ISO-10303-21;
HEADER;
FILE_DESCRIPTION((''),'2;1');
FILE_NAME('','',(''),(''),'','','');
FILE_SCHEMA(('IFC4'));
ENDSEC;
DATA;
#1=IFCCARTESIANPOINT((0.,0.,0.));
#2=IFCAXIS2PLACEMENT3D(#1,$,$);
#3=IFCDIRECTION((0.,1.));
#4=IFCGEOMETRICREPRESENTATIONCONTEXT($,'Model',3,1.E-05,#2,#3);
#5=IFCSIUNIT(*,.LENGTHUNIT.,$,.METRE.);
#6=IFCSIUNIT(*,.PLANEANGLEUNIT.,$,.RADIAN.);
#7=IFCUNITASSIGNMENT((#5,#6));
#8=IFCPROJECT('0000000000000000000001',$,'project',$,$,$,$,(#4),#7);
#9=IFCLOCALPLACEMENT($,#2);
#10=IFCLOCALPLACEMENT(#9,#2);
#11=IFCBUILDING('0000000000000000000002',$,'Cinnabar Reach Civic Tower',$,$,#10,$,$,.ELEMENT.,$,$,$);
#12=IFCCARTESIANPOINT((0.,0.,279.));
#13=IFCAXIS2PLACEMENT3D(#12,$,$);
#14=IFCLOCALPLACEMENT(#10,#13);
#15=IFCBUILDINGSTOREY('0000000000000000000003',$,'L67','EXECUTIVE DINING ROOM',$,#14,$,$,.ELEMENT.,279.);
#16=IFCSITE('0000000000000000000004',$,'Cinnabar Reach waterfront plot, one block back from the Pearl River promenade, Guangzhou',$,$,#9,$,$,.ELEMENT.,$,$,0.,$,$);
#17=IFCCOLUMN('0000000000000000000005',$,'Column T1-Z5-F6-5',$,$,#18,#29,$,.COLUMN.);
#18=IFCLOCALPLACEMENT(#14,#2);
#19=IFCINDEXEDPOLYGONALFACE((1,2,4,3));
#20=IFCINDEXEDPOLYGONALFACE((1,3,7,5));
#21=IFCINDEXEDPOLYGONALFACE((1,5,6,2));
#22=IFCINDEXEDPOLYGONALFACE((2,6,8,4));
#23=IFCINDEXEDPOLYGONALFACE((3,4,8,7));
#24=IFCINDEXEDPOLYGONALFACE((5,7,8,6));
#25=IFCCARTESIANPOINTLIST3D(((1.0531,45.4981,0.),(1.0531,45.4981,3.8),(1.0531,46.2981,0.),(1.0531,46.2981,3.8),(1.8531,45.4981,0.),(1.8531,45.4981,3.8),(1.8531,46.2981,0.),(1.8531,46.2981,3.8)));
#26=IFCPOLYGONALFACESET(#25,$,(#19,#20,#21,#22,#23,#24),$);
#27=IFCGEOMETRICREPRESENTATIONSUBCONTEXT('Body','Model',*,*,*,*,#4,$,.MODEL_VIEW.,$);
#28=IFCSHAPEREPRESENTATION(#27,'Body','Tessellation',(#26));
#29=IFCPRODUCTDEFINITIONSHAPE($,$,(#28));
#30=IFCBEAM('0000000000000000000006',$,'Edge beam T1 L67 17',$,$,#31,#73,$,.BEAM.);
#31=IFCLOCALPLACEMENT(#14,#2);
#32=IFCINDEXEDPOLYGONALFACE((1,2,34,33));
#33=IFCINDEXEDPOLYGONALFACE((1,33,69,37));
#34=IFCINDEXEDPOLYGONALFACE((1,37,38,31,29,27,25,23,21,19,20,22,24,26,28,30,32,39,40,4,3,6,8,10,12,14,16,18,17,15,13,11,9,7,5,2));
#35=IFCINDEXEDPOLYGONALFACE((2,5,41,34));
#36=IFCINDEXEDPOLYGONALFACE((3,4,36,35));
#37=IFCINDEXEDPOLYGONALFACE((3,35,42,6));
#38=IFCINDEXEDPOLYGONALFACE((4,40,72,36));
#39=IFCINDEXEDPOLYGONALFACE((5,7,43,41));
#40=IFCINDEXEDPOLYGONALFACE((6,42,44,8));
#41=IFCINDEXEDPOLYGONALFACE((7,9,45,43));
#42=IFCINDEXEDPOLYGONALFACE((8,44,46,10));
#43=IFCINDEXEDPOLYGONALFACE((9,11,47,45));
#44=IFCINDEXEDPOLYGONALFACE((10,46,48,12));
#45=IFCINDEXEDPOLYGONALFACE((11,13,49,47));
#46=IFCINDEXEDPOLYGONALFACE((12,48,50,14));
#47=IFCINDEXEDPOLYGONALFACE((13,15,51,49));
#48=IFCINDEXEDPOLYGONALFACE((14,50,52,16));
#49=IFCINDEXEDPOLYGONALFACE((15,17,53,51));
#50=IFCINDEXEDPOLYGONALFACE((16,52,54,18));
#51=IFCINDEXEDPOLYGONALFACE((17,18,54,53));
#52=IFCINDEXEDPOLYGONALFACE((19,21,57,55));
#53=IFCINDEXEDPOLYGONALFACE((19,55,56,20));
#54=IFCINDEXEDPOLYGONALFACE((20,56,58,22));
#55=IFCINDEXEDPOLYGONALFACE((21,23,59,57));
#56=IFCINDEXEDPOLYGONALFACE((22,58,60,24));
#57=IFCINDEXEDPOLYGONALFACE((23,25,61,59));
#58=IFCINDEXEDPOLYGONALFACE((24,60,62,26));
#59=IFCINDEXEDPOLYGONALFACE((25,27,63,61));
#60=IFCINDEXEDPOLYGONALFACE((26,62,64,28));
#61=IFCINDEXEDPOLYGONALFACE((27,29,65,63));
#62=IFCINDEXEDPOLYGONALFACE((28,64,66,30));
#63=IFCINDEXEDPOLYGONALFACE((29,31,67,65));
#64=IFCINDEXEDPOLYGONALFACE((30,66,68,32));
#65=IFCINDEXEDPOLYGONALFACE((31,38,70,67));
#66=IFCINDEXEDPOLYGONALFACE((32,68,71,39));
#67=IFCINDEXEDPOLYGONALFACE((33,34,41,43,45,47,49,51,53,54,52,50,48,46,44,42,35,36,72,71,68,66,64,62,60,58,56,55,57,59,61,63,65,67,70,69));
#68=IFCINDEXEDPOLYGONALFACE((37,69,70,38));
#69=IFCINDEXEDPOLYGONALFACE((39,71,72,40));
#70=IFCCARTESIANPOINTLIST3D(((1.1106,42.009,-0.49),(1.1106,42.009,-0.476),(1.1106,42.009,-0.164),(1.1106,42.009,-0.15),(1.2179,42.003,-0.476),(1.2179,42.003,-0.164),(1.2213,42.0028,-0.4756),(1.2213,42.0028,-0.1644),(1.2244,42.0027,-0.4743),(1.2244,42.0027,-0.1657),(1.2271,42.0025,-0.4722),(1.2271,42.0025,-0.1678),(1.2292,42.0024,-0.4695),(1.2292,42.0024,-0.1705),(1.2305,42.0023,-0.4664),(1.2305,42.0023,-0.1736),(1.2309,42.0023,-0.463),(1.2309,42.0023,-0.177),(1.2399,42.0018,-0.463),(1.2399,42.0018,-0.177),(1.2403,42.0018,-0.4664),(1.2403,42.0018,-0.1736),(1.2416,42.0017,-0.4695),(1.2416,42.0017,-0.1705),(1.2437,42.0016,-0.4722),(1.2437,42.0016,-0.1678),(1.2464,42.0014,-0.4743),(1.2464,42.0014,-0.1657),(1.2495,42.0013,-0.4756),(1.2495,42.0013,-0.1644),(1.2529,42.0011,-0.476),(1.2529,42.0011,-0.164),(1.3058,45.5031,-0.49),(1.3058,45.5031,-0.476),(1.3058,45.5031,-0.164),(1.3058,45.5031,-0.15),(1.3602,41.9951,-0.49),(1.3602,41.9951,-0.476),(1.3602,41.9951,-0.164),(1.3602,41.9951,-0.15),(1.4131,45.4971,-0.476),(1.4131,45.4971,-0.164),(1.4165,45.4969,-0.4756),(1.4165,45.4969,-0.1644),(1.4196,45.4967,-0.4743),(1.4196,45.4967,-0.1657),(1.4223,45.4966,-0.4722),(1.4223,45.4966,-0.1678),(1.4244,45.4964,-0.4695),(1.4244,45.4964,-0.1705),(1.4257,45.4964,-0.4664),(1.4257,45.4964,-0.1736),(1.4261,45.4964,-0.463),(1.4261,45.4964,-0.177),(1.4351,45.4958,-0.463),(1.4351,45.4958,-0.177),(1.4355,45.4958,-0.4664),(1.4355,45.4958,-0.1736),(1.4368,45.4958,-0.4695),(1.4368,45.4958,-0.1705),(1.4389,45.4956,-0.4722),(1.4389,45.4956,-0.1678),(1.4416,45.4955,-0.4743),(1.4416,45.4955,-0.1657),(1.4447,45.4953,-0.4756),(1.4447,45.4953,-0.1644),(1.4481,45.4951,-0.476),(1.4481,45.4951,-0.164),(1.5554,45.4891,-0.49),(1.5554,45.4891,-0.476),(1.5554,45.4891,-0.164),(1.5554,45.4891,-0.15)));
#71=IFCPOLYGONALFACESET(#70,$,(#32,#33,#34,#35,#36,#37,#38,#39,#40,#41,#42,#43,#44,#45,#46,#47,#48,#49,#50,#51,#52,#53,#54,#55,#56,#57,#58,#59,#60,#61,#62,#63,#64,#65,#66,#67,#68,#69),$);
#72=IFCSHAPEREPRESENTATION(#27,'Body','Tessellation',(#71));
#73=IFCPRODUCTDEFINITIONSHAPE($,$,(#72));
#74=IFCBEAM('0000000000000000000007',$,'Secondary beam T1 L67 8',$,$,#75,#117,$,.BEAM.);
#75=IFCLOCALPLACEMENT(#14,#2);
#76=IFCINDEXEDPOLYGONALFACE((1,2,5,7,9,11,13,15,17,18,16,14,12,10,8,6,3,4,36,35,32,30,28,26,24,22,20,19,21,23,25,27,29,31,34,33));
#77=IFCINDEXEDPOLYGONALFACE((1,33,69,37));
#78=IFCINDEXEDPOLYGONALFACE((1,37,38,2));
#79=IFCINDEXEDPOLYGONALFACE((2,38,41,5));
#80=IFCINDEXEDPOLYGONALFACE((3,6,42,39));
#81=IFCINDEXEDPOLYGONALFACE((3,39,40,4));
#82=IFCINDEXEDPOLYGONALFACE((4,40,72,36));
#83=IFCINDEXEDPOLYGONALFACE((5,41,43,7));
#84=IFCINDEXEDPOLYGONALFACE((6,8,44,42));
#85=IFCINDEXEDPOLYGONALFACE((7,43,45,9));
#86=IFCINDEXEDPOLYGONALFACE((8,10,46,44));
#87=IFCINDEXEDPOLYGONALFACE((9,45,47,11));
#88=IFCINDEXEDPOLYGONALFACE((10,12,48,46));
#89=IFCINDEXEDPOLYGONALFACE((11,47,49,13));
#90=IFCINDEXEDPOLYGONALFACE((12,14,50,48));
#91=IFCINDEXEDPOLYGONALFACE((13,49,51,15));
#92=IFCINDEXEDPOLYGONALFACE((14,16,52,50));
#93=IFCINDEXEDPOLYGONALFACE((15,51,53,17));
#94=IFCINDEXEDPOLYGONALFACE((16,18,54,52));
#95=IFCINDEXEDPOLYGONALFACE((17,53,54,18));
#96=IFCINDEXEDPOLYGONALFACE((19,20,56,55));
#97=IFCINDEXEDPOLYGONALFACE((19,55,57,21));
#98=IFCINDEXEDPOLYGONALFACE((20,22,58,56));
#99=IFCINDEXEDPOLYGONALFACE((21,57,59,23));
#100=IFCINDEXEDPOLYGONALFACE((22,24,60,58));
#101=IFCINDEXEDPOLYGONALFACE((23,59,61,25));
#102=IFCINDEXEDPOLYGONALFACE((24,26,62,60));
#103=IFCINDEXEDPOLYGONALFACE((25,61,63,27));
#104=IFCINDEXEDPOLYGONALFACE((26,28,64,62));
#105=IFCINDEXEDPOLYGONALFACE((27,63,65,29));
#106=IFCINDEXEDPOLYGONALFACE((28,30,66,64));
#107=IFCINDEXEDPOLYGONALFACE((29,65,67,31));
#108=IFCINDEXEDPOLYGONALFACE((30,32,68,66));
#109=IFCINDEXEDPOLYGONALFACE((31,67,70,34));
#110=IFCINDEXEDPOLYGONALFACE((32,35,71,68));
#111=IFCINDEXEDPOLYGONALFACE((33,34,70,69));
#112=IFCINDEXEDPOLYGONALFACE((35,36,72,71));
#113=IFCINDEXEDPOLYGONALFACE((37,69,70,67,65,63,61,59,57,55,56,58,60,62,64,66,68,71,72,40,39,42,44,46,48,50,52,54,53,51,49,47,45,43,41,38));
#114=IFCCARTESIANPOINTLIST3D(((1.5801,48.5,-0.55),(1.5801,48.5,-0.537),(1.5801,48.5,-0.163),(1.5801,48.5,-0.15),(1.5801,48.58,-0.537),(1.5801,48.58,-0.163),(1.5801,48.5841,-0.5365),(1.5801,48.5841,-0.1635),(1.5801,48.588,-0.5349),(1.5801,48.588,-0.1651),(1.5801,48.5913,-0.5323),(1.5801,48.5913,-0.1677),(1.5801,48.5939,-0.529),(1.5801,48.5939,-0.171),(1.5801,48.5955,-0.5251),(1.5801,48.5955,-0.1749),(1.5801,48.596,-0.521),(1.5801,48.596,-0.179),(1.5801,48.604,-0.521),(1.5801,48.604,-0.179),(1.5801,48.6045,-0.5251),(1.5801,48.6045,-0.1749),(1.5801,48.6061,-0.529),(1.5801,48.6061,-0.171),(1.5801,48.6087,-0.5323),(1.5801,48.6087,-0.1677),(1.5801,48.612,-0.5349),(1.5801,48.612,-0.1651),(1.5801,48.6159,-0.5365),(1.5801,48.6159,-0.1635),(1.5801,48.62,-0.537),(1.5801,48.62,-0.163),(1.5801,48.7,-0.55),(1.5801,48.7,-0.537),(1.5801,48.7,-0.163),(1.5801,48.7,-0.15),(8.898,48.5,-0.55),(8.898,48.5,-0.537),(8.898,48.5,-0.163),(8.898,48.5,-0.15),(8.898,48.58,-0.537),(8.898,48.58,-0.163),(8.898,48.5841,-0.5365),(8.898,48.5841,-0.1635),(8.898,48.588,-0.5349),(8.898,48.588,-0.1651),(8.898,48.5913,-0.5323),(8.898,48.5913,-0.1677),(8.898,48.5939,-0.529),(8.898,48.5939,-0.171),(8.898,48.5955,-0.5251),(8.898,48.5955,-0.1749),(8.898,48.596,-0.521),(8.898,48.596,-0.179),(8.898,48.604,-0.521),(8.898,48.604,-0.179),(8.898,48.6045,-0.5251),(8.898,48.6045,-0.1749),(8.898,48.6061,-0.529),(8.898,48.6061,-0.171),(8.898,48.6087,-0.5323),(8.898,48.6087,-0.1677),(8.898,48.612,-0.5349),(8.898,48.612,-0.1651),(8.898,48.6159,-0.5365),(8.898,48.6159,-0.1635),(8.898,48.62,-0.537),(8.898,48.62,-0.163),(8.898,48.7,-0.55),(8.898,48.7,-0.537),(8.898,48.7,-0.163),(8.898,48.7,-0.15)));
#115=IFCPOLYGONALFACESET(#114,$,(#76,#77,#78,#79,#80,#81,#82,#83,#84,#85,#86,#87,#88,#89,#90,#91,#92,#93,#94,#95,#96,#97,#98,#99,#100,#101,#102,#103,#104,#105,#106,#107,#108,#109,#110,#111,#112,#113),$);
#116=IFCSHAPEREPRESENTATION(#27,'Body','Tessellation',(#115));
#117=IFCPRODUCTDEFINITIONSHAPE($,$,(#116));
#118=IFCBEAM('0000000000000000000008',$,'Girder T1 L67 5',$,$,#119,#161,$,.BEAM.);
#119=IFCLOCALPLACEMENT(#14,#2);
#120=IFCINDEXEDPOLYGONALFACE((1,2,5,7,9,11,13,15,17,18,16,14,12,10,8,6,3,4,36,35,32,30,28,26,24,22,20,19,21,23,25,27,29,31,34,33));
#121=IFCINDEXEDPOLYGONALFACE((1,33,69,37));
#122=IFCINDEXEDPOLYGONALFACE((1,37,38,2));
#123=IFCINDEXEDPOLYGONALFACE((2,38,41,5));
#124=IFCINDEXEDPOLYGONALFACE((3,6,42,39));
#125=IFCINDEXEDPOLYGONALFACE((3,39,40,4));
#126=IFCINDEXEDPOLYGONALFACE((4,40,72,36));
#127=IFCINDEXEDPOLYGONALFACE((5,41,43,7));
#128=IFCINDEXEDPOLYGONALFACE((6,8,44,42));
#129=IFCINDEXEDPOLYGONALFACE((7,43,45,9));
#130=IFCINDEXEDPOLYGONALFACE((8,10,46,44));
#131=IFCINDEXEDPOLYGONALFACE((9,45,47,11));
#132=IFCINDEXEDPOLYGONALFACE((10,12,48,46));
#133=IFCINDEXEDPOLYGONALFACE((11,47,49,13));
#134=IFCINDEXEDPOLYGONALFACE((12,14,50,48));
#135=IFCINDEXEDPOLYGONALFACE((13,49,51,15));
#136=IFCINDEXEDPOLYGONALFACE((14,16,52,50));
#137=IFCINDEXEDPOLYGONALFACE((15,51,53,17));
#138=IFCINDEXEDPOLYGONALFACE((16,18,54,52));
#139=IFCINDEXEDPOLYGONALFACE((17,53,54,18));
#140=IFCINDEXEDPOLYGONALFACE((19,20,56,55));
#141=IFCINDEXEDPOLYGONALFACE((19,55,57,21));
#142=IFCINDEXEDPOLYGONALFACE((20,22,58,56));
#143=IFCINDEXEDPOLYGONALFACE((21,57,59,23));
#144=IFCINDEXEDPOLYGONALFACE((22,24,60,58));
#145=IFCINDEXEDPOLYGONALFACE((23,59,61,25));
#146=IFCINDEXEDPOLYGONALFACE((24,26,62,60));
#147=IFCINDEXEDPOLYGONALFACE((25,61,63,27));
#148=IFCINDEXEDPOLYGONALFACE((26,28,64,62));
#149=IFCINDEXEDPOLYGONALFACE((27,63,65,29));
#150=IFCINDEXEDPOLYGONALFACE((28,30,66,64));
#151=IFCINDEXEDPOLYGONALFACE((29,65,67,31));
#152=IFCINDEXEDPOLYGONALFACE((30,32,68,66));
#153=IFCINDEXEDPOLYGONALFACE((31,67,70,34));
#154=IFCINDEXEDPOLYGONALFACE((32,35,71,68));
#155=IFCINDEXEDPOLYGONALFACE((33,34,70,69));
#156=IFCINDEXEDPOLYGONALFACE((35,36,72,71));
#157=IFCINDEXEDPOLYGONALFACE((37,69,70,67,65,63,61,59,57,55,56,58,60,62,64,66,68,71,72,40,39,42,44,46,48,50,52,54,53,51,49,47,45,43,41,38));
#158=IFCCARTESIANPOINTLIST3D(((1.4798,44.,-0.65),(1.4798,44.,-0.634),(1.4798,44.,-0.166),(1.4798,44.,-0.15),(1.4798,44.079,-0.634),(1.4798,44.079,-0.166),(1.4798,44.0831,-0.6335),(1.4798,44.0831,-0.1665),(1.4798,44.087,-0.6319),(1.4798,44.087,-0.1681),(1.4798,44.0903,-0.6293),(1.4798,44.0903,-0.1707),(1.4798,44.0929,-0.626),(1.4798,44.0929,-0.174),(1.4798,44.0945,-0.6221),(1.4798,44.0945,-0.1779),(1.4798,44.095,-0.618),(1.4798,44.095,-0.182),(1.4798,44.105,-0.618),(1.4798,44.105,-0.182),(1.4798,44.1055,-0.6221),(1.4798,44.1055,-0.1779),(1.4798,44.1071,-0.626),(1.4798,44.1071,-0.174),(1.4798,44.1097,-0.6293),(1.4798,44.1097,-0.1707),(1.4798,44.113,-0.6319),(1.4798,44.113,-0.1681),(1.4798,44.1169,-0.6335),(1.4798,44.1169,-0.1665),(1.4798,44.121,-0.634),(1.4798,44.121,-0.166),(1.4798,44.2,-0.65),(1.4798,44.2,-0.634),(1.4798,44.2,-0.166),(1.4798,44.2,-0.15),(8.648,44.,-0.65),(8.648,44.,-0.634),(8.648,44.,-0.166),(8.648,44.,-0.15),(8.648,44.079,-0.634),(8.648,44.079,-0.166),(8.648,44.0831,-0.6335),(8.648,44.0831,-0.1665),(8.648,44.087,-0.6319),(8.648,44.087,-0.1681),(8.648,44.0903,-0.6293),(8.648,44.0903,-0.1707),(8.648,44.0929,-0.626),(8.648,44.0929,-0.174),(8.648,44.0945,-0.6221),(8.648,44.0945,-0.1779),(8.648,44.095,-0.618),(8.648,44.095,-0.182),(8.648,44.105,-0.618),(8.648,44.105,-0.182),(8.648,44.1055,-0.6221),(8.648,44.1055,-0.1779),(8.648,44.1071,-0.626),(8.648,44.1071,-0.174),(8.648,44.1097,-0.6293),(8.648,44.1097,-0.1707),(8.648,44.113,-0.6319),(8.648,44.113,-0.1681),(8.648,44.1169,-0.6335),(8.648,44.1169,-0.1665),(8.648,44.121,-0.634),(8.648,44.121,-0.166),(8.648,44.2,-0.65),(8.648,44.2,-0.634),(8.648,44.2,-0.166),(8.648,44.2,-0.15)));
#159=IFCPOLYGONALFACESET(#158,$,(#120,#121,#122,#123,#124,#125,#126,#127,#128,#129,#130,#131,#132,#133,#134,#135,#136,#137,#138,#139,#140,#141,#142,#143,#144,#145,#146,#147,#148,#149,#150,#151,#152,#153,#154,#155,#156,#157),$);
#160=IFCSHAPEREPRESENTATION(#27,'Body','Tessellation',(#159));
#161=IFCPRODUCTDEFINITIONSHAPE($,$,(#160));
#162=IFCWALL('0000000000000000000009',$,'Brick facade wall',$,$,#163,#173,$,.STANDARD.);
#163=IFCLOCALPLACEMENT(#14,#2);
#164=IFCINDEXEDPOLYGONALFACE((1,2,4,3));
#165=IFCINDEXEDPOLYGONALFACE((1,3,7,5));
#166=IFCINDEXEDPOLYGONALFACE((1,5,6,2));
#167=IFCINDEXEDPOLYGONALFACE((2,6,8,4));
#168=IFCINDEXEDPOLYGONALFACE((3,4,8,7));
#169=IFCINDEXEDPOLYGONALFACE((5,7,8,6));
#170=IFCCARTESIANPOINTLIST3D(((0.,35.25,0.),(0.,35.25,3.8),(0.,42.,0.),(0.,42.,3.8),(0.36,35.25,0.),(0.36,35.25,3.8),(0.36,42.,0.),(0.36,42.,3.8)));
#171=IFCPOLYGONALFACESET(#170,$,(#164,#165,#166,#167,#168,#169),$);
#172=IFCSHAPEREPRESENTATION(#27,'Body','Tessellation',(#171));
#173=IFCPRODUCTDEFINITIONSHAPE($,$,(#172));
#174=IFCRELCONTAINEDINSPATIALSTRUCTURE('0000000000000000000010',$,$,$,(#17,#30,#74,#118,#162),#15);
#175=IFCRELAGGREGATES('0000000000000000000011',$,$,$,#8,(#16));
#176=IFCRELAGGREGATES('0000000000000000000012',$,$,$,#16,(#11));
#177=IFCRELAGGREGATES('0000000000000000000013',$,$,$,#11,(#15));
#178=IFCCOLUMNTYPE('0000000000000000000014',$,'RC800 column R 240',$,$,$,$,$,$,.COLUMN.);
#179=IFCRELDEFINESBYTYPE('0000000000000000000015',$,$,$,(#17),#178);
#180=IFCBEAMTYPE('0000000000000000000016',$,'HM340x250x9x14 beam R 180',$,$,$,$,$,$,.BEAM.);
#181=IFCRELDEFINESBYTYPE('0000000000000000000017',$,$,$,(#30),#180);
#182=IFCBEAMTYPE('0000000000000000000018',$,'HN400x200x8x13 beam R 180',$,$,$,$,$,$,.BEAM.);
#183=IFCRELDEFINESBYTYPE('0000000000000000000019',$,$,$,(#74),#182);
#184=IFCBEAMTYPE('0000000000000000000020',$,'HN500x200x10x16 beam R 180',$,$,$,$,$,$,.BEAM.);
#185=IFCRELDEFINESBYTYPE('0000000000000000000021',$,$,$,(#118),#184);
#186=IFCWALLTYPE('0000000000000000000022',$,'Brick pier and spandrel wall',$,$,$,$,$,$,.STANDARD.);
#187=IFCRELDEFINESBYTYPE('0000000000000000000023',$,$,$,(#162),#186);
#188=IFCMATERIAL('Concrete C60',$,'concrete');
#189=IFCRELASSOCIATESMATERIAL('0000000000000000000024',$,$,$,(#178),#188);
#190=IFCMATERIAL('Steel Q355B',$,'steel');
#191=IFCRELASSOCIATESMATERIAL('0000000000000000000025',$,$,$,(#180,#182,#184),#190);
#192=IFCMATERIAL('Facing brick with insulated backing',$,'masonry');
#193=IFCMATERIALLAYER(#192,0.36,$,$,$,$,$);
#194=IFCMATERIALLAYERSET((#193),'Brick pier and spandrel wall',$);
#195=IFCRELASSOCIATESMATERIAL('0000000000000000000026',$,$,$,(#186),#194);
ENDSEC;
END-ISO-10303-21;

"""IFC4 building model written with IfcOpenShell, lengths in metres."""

from ifc_helpers import new_model, si_unit, direction, frame, frame_2d, origin, origin_2d, place, context, subcontext, project, spatial, rectangle, i_section, extrude, material, layer, layer_set, material_profile, profile_set, type_object, element, save


model = new_model("IFC4")

# Units and contexts
model_context = context("Model", 3, precision=1e-05, world=origin(), true_north=direction((0.0, 1.0)))
body_context = subcontext(model_context, "Body", "Model", "MODEL_VIEW")
ifc_project = project(units=[si_unit("LENGTHUNIT", "METRE"), si_unit("PLANEANGLEUNIT", "RADIAN")], contexts=[model_context])

# Site, building, storey
site_placement = place(None, origin())
site = spatial("IfcSite", under=ifc_project, at=site_placement, Name="Cinnabar Reach waterfront plot, one block back from the Pearl River promenade, Guangzhou", CompositionType="ELEMENT", RefElevation=0.0)
building_placement = place(site_placement, origin())
building = spatial("IfcBuilding", under=site, at=building_placement, Name="Cinnabar Reach Civic Tower", CompositionType="ELEMENT")
storey_placement = place(building_placement, frame((0.0, 0.0, 279.0)))
storey = spatial("IfcBuildingStorey", under=building, at=storey_placement, Name="L67", Description="EXECUTIVE DINING ROOM", CompositionType="ELEMENT", Elevation=279.0)

# Column
ifc_material_1 = material(Name="Concrete C60", Category="concrete")
ifc_material_profile_1 = material_profile(ifc_material_1, rectangle(XDim=0.8, YDim=0.8, at=origin_2d()), Name="RC800")
ifc_profile_set_1 = profile_set([ifc_material_profile_1], Name="Concrete C60")
column_type = type_object("IfcColumnType", Name="RC800 column R 240", PredefinedType="COLUMN", material=ifc_profile_set_1)
column_placement = place(storey_placement, frame((1.4531, 45.8981, 0.0), z_axis=(0.0, 0.0, 1.0), x_axis=(1.0, 0.0, 0.0)))
element("IfcColumn", 1, at=column_placement, inside=storey, type_object=column_type, Name="Column T1-Z5-F6-5", PredefinedType="COLUMN", context=body_context, shape_type="SweptSolid", body=[
    extrude(rectangle(XDim=0.8, YDim=0.8, at=origin_2d()), origin(), (0.0, 0.0, 1.0), 3.8),
])

# Beams
ifc_material_2 = material(Name="Steel Q355B", Category="steel")
ifc_material_profile_2 = material_profile(ifc_material_2, i_section(OverallWidth=0.25, OverallDepth=0.34, WebThickness=0.009, FlangeThickness=0.014, FilletRadius=0.013, at=origin_2d()), Name="HM340x250x9x14")
ifc_profile_set_2 = profile_set([ifc_material_profile_2], Name="Steel Q355B")
beam_type_1 = type_object("IfcBeamType", Name="HM340x250x9x14 beam R 180", PredefinedType="BEAM", material=ifc_profile_set_2)
beam_1_placement = place(storey_placement, frame((1.4306, 45.4961, -0.32), z_axis=(-0.055779, -0.998443, 0.0), x_axis=(0.998443, -0.055779, 0.0)))
element("IfcBeam", 2, at=beam_1_placement, inside=storey, type_object=beam_type_1, Name="Edge beam T1 L67 17", PredefinedType="BEAM", context=body_context, shape_type="SweptSolid", body=[
    extrude(i_section(OverallWidth=0.25, OverallDepth=0.34, WebThickness=0.009, FlangeThickness=0.014, FilletRadius=0.013, at=origin_2d()), origin(), (0.0, 0.0, 1.0), 3.4995),
])
ifc_material_profile_3 = material_profile(ifc_material_2, i_section(OverallWidth=0.2, OverallDepth=0.4, WebThickness=0.008, FlangeThickness=0.013, FilletRadius=0.016, at=origin_2d()), Name="HN400x200x8x13")
ifc_profile_set_3 = profile_set([ifc_material_profile_3], Name="Steel Q355B")
beam_type_2 = type_object("IfcBeamType", Name="HN400x200x8x13 beam R 180", PredefinedType="BEAM", material=ifc_profile_set_3)
beam_2_placement = place(storey_placement, frame((1.5801, 48.6, -0.35), z_axis=(1.0, 0.0, 0.0), x_axis=(0.0, 1.0, 0.0)))
element("IfcBeam", 3, at=beam_2_placement, inside=storey, type_object=beam_type_2, Name="Secondary beam T1 L67 8", PredefinedType="BEAM", context=body_context, shape_type="SweptSolid", body=[
    extrude(i_section(OverallWidth=0.2, OverallDepth=0.4, WebThickness=0.008, FlangeThickness=0.013, FilletRadius=0.016, at=origin_2d()), origin(), (0.0, 0.0, 1.0), 7.3179),
])
ifc_material_profile_4 = material_profile(ifc_material_2, i_section(OverallWidth=0.2, OverallDepth=0.5, WebThickness=0.01, FlangeThickness=0.016, FilletRadius=0.016, at=origin_2d()), Name="HN500x200x10x16")
ifc_profile_set_4 = profile_set([ifc_material_profile_4], Name="Steel Q355B")
beam_type_3 = type_object("IfcBeamType", Name="HN500x200x10x16 beam R 180", PredefinedType="BEAM", material=ifc_profile_set_4)
beam_3_placement = place(storey_placement, frame((1.4798, 44.1, -0.4), z_axis=(1.0, 0.0, 0.0), x_axis=(0.0, 1.0, 0.0)))
element("IfcBeam", 4, at=beam_3_placement, inside=storey, type_object=beam_type_3, Name="Girder T1 L67 5", PredefinedType="BEAM", context=body_context, shape_type="SweptSolid", body=[
    extrude(i_section(OverallWidth=0.2, OverallDepth=0.5, WebThickness=0.01, FlangeThickness=0.016, FilletRadius=0.016, at=origin_2d()), origin(), (0.0, 0.0, 1.0), 7.1682),
])

# Wall
ifc_material_3 = material(Name="Facing brick with insulated backing", Category="masonry")
ifc_layer_1 = layer(ifc_material_3, 0.36)
ifc_layer_set_1 = layer_set([ifc_layer_1], Name="Brick pier and spandrel wall")
wall_type_1 = type_object("IfcWallType", Name="Brick pier and spandrel wall", PredefinedType="STANDARD", material=ifc_layer_set_1)
wall_1_placement = place(storey_placement, frame((0.18, 42.0, 0.0), z_axis=(0.0, 0.0, 1.0), x_axis=(0.0, -1.0, 0.0)))
element("IfcWall", 5, at=wall_1_placement, inside=storey, type_object=wall_type_1, Name="Brick facade wall", PredefinedType="STANDARD", context=body_context, shape_type="SweptSolid", body=[
    extrude(rectangle(XDim=6.75, YDim=0.36, at=frame_2d((3.375, 0.0))), origin(), (0.0, 0.0, 1.0), 3.8),
])

save(model, "model.ifc")
